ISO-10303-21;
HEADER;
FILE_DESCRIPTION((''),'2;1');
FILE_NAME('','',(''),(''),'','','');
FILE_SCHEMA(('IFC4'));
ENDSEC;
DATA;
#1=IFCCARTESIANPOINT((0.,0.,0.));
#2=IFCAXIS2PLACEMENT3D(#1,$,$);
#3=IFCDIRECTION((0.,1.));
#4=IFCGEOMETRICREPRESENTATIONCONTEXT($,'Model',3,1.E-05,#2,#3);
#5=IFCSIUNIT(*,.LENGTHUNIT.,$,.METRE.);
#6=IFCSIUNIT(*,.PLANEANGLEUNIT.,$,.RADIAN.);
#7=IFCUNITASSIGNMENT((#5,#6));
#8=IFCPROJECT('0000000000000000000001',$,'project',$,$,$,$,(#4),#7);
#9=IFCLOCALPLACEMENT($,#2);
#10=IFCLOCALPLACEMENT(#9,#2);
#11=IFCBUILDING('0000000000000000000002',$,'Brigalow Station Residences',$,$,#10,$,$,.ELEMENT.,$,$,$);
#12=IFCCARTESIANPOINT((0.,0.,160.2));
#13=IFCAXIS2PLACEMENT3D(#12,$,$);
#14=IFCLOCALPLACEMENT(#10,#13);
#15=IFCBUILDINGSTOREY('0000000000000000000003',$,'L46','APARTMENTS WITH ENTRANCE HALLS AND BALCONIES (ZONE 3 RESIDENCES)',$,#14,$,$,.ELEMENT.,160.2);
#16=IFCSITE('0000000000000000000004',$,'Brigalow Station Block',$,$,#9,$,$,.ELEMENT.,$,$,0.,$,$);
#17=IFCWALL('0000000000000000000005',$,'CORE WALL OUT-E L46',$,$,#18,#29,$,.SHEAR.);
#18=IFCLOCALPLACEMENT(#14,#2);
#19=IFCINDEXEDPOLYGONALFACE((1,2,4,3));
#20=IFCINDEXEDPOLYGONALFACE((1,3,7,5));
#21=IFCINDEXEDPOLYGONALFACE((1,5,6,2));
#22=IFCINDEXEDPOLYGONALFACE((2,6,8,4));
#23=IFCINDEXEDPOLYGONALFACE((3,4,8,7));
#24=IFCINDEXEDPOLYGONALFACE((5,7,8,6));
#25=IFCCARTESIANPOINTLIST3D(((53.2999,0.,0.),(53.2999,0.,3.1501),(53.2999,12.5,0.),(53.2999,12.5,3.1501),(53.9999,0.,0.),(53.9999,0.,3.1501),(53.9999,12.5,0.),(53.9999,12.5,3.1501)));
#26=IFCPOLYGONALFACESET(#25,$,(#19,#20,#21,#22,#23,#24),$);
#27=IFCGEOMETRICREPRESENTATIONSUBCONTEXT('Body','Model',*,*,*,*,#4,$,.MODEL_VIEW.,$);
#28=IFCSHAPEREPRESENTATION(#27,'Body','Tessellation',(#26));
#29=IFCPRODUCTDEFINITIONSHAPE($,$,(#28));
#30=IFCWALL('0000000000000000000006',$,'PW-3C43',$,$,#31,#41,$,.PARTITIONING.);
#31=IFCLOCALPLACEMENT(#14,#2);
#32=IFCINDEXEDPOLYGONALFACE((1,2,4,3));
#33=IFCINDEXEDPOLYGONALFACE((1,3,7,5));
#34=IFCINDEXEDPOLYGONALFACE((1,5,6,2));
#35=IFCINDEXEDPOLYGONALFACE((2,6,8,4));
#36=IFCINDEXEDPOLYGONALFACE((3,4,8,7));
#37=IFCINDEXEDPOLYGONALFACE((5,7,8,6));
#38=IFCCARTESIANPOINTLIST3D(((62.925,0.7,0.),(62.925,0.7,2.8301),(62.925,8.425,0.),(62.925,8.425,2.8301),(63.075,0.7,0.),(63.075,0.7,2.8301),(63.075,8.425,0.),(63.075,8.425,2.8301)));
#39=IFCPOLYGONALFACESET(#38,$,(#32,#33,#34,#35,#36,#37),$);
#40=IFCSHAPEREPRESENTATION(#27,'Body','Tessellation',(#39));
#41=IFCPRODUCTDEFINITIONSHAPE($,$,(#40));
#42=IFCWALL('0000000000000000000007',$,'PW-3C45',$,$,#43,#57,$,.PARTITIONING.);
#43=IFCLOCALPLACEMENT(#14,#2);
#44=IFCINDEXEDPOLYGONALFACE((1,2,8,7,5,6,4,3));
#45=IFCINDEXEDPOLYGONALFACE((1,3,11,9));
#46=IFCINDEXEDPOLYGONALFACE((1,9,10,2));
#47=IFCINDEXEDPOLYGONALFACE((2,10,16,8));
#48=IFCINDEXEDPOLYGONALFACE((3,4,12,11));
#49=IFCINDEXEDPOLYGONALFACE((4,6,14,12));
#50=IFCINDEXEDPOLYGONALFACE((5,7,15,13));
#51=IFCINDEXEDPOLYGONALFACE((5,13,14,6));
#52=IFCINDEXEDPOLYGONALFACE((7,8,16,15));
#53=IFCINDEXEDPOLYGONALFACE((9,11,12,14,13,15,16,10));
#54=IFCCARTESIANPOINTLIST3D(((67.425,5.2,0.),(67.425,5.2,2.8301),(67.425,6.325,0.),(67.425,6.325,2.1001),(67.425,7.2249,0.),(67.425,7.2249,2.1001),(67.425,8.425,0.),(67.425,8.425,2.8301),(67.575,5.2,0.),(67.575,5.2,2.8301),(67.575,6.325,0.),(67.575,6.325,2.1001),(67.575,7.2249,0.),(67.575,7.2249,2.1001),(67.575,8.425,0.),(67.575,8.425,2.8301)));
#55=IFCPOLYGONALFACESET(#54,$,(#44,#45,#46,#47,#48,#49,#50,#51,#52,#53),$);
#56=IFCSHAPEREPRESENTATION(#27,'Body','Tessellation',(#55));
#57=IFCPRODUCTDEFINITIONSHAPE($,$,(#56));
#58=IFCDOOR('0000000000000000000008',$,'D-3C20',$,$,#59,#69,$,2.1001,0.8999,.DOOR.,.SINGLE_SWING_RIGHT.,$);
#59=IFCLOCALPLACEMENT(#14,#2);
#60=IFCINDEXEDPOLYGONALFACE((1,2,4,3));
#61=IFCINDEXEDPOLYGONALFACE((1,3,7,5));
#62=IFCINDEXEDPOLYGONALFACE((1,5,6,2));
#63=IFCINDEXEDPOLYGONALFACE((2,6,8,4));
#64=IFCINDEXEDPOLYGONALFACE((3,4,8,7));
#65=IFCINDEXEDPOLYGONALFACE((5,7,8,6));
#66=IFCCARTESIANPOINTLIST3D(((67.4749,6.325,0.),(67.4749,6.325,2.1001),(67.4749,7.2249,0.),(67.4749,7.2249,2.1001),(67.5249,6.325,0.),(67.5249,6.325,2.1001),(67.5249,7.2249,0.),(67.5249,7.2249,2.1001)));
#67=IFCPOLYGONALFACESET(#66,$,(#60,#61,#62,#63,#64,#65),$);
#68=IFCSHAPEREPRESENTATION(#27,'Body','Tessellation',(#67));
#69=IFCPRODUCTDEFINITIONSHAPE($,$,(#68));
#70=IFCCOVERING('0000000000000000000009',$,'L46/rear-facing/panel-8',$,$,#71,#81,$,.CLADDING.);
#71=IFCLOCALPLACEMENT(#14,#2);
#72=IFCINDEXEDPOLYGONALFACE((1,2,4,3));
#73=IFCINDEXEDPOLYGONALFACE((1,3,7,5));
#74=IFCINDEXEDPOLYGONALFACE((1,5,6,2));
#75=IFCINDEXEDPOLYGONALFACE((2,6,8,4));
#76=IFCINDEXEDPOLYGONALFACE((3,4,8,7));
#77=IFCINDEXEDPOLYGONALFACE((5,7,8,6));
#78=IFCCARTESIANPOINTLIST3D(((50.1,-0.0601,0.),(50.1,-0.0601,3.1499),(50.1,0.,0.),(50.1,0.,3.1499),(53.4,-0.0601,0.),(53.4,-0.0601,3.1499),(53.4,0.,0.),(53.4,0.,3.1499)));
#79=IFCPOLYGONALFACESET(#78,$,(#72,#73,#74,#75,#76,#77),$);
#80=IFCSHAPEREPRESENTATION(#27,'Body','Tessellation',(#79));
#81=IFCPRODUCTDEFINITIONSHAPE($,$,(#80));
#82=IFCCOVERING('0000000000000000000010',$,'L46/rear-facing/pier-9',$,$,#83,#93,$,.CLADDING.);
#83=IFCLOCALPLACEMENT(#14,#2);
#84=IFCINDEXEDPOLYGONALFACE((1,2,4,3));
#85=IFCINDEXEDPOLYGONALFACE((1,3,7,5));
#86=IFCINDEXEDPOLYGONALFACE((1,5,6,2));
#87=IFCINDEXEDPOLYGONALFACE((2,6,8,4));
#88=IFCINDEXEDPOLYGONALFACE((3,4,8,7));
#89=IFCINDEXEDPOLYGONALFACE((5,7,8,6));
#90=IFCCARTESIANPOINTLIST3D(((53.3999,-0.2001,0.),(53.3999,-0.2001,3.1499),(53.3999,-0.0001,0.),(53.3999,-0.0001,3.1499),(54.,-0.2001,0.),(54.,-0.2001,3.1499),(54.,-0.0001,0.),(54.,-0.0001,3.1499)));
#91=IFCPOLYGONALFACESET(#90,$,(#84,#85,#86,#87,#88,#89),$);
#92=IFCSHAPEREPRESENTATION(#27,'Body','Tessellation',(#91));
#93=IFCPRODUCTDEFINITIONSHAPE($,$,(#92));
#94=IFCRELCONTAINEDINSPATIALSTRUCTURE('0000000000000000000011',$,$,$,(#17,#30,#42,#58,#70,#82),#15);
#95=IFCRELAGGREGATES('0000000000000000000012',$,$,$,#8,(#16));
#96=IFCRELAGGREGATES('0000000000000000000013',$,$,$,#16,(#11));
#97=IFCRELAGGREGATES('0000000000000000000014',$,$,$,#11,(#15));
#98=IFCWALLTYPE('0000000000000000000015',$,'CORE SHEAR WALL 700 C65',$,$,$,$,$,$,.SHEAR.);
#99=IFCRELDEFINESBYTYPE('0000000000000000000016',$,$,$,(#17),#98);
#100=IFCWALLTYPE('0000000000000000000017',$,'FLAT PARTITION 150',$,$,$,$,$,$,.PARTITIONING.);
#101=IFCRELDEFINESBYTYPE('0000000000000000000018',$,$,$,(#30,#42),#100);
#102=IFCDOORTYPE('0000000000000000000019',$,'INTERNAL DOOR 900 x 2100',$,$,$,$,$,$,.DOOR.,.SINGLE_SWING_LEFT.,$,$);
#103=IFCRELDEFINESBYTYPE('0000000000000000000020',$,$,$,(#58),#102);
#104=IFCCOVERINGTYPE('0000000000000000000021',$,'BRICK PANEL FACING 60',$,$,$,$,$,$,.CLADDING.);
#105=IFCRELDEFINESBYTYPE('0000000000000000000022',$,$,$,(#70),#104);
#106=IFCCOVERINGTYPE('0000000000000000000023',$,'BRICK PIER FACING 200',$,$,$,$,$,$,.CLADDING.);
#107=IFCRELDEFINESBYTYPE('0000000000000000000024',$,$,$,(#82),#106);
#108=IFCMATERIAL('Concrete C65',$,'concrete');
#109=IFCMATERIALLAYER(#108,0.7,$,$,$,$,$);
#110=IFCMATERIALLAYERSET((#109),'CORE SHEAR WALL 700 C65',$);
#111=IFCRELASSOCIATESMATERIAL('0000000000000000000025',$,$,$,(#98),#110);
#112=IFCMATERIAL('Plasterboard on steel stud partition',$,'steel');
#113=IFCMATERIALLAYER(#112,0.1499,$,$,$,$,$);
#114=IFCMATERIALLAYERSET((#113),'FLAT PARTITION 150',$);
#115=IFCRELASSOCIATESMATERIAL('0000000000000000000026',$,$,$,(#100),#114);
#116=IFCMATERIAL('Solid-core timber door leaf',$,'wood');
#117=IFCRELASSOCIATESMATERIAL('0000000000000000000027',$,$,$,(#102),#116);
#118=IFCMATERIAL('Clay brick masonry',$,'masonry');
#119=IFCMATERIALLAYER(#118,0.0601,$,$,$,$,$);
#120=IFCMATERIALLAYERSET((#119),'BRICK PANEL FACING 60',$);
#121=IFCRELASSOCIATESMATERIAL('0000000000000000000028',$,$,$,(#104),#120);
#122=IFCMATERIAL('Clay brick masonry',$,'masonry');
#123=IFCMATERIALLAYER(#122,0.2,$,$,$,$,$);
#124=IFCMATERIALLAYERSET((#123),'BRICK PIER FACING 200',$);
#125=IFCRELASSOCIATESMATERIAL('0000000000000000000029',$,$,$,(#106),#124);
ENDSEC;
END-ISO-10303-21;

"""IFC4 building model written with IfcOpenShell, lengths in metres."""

from ifc_helpers import new_model, si_unit, direction, frame, frame_2d, origin, origin_2d, place, context, subcontext, project, spatial, rectangle, extrude, material, layer, layer_set, type_object, element, fill, save


model = new_model("IFC4")

# Units and contexts
model_context = context("Model", 3, precision=1e-05, world=origin(), true_north=direction((0.0, 1.0)))
body_context = subcontext(model_context, "Body", "Model", "MODEL_VIEW")
ifc_project = project(units=[si_unit("LENGTHUNIT", "METRE"), si_unit("PLANEANGLEUNIT", "RADIAN")], contexts=[model_context])

# Site, building, storey
site_placement = place(None, origin())
site = spatial("IfcSite", under=ifc_project, at=site_placement, Name="Brigalow Station Block", CompositionType="ELEMENT", RefElevation=0.0)
building_placement = place(site_placement, origin())
building = spatial("IfcBuilding", under=site, at=building_placement, Name="Brigalow Station Residences", CompositionType="ELEMENT")
storey_placement = place(building_placement, frame((0.0, 0.0, 160.2)))
storey = spatial("IfcBuildingStorey", under=building, at=storey_placement, Name="L46", Description="APARTMENTS WITH ENTRANCE HALLS AND BALCONIES (ZONE 3 RESIDENCES)", CompositionType="ELEMENT", Elevation=160.2)

# Walls
ifc_material_1 = material(Name="Concrete C65", Category="concrete")
ifc_layer_1 = layer(ifc_material_1, 0.7)
ifc_layer_set_1 = layer_set([ifc_layer_1], Name="CORE SHEAR WALL 700 C65")
wall_type_1 = type_object("IfcWallType", Name="CORE SHEAR WALL 700 C65", PredefinedType="SHEAR", material=ifc_layer_set_1)
wall_1_placement = place(storey_placement, frame((53.6499, 0.0, 0.0), z_axis=(0.0, 0.0, 1.0), x_axis=(0.0, 1.0, 0.0)))
element("IfcWall", 1, at=wall_1_placement, inside=storey, type_object=wall_type_1, Name="CORE WALL OUT-E L46", PredefinedType="SHEAR", context=body_context, shape_type="SweptSolid", body=[
    extrude(rectangle(XDim=12.5, YDim=0.7, at=frame_2d((6.25, 0.0))), origin(), (0.0, 0.0, 1.0), 3.1501),
])
ifc_material_2 = material(Name="Plasterboard on steel stud partition", Category="steel")
ifc_layer_2 = layer(ifc_material_2, 0.1499)
ifc_layer_set_2 = layer_set([ifc_layer_2], Name="FLAT PARTITION 150")
wall_type_2 = type_object("IfcWallType", Name="FLAT PARTITION 150", PredefinedType="PARTITIONING", material=ifc_layer_set_2)
wall_2_placement = place(storey_placement, frame((63.0, 0.7, 0.0), z_axis=(0.0, 0.0, 1.0), x_axis=(0.0, 1.0, 0.0)))
element("IfcWall", 2, at=wall_2_placement, inside=storey, type_object=wall_type_2, Name="PW-3C43", PredefinedType="PARTITIONING", context=body_context, shape_type="SweptSolid", body=[
    extrude(rectangle(XDim=7.7251, YDim=0.1499, at=frame_2d((3.8625, 0.0))), origin(), (0.0, 0.0, 1.0), 2.8301),
])

# Wall, opening, door
wall_3_placement = place(storey_placement, frame((67.5, 5.2, 0.0), z_axis=(0.0, 0.0, 1.0), x_axis=(0.0, 1.0, 0.0)))
wall_3 = element("IfcWall", 3, at=wall_3_placement, inside=storey, type_object=wall_type_2, Name="PW-3C45", PredefinedType="PARTITIONING", context=body_context, shape_type="SweptSolid", body=[
    extrude(rectangle(XDim=3.2251, YDim=0.1499, at=frame_2d((1.6125, 0.0))), origin(), (0.0, 0.0, 1.0), 2.8301),
])
opening_1_placement = place(wall_3_placement, frame((1.125, 0.0, 0.0)))
opening_1 = element("IfcOpeningElement", 4, at=opening_1_placement, cuts=wall_3, PredefinedType="OPENING", context=body_context, shape_type="SweptSolid", body=[
    extrude(rectangle(XDim=0.8999, YDim=2.1001, at=frame_2d((0.45, 1.05))), frame((0.0, 0.085, 0.0), z_axis=(0.0, -1.0, 0.0), x_axis=(1.0, 0.0, 0.0)), (0.0, 0.0, 1.0), 0.1699),
])
ifc_material_3 = material(Name="Solid-core timber door leaf", Category="wood")
door_type = type_object("IfcDoorType", Name="INTERNAL DOOR 900 x 2100", OperationType="SINGLE_SWING_LEFT", PredefinedType="DOOR", material=ifc_material_3)
door_placement = place(opening_1_placement, frame((0.8999, 0.0, 0.0), z_axis=(0.0, 0.0, 1.0), x_axis=(-1.0, 0.0, 0.0)))
door = element("IfcDoor", 5, at=door_placement, inside=storey, type_object=door_type, Name="D-3C20", OperationType="SINGLE_SWING_RIGHT", OverallHeight=2.1001, OverallWidth=0.8999, PredefinedType="DOOR", context=body_context, shape_type="SweptSolid", body=[
    extrude(rectangle(XDim=0.8999, YDim=2.1001, at=frame_2d((0.45, 1.05))), frame((0.0, 0.0249, 0.0), z_axis=(0.0, -1.0, 0.0), x_axis=(1.0, 0.0, 0.0)), (0.0, 0.0, 1.0), 0.05),
])
fill(opening_1, door)

# Coverings
ifc_material_4 = material(Name="Clay brick masonry", Category="masonry")
ifc_layer_3 = layer(ifc_material_4, 0.0601)
ifc_layer_set_3 = layer_set([ifc_layer_3], Name="BRICK PANEL FACING 60")
covering_type_1 = type_object("IfcCoveringType", Name="BRICK PANEL FACING 60", PredefinedType="CLADDING", material=ifc_layer_set_3)
covering_1_placement = place(storey_placement, frame((51.75, -0.03, 0.0), z_axis=(0.0, 0.0, 1.0), x_axis=(1.0, 0.0, 0.0)))
element("IfcCovering", 6, at=covering_1_placement, inside=storey, type_object=covering_type_1, Name="L46/rear-facing/panel-8", PredefinedType="CLADDING", context=body_context, shape_type="SweptSolid", body=[
    extrude(rectangle(XDim=3.3, YDim=0.0601, at=origin_2d()), origin(), (0.0, 0.0, 1.0), 3.1499),
])
ifc_material_5 = material(Name="Clay brick masonry", Category="masonry")
ifc_layer_4 = layer(ifc_material_5, 0.2)
ifc_layer_set_4 = layer_set([ifc_layer_4], Name="BRICK PIER FACING 200")
covering_type_2 = type_object("IfcCoveringType", Name="BRICK PIER FACING 200", PredefinedType="CLADDING", material=ifc_layer_set_4)
covering_2_placement = place(storey_placement, frame((53.7, -0.1001, 0.0), z_axis=(0.0, 0.0, 1.0), x_axis=(1.0, 0.0, 0.0)))
element("IfcCovering", 7, at=covering_2_placement, inside=storey, type_object=covering_type_2, Name="L46/rear-facing/pier-9", PredefinedType="CLADDING", context=body_context, shape_type="SweptSolid", body=[
    extrude(rectangle(XDim=0.6001, YDim=0.2, at=origin_2d()), origin(), (0.0, 0.0, 1.0), 3.1499),
])

save(model, "model.ifc")
